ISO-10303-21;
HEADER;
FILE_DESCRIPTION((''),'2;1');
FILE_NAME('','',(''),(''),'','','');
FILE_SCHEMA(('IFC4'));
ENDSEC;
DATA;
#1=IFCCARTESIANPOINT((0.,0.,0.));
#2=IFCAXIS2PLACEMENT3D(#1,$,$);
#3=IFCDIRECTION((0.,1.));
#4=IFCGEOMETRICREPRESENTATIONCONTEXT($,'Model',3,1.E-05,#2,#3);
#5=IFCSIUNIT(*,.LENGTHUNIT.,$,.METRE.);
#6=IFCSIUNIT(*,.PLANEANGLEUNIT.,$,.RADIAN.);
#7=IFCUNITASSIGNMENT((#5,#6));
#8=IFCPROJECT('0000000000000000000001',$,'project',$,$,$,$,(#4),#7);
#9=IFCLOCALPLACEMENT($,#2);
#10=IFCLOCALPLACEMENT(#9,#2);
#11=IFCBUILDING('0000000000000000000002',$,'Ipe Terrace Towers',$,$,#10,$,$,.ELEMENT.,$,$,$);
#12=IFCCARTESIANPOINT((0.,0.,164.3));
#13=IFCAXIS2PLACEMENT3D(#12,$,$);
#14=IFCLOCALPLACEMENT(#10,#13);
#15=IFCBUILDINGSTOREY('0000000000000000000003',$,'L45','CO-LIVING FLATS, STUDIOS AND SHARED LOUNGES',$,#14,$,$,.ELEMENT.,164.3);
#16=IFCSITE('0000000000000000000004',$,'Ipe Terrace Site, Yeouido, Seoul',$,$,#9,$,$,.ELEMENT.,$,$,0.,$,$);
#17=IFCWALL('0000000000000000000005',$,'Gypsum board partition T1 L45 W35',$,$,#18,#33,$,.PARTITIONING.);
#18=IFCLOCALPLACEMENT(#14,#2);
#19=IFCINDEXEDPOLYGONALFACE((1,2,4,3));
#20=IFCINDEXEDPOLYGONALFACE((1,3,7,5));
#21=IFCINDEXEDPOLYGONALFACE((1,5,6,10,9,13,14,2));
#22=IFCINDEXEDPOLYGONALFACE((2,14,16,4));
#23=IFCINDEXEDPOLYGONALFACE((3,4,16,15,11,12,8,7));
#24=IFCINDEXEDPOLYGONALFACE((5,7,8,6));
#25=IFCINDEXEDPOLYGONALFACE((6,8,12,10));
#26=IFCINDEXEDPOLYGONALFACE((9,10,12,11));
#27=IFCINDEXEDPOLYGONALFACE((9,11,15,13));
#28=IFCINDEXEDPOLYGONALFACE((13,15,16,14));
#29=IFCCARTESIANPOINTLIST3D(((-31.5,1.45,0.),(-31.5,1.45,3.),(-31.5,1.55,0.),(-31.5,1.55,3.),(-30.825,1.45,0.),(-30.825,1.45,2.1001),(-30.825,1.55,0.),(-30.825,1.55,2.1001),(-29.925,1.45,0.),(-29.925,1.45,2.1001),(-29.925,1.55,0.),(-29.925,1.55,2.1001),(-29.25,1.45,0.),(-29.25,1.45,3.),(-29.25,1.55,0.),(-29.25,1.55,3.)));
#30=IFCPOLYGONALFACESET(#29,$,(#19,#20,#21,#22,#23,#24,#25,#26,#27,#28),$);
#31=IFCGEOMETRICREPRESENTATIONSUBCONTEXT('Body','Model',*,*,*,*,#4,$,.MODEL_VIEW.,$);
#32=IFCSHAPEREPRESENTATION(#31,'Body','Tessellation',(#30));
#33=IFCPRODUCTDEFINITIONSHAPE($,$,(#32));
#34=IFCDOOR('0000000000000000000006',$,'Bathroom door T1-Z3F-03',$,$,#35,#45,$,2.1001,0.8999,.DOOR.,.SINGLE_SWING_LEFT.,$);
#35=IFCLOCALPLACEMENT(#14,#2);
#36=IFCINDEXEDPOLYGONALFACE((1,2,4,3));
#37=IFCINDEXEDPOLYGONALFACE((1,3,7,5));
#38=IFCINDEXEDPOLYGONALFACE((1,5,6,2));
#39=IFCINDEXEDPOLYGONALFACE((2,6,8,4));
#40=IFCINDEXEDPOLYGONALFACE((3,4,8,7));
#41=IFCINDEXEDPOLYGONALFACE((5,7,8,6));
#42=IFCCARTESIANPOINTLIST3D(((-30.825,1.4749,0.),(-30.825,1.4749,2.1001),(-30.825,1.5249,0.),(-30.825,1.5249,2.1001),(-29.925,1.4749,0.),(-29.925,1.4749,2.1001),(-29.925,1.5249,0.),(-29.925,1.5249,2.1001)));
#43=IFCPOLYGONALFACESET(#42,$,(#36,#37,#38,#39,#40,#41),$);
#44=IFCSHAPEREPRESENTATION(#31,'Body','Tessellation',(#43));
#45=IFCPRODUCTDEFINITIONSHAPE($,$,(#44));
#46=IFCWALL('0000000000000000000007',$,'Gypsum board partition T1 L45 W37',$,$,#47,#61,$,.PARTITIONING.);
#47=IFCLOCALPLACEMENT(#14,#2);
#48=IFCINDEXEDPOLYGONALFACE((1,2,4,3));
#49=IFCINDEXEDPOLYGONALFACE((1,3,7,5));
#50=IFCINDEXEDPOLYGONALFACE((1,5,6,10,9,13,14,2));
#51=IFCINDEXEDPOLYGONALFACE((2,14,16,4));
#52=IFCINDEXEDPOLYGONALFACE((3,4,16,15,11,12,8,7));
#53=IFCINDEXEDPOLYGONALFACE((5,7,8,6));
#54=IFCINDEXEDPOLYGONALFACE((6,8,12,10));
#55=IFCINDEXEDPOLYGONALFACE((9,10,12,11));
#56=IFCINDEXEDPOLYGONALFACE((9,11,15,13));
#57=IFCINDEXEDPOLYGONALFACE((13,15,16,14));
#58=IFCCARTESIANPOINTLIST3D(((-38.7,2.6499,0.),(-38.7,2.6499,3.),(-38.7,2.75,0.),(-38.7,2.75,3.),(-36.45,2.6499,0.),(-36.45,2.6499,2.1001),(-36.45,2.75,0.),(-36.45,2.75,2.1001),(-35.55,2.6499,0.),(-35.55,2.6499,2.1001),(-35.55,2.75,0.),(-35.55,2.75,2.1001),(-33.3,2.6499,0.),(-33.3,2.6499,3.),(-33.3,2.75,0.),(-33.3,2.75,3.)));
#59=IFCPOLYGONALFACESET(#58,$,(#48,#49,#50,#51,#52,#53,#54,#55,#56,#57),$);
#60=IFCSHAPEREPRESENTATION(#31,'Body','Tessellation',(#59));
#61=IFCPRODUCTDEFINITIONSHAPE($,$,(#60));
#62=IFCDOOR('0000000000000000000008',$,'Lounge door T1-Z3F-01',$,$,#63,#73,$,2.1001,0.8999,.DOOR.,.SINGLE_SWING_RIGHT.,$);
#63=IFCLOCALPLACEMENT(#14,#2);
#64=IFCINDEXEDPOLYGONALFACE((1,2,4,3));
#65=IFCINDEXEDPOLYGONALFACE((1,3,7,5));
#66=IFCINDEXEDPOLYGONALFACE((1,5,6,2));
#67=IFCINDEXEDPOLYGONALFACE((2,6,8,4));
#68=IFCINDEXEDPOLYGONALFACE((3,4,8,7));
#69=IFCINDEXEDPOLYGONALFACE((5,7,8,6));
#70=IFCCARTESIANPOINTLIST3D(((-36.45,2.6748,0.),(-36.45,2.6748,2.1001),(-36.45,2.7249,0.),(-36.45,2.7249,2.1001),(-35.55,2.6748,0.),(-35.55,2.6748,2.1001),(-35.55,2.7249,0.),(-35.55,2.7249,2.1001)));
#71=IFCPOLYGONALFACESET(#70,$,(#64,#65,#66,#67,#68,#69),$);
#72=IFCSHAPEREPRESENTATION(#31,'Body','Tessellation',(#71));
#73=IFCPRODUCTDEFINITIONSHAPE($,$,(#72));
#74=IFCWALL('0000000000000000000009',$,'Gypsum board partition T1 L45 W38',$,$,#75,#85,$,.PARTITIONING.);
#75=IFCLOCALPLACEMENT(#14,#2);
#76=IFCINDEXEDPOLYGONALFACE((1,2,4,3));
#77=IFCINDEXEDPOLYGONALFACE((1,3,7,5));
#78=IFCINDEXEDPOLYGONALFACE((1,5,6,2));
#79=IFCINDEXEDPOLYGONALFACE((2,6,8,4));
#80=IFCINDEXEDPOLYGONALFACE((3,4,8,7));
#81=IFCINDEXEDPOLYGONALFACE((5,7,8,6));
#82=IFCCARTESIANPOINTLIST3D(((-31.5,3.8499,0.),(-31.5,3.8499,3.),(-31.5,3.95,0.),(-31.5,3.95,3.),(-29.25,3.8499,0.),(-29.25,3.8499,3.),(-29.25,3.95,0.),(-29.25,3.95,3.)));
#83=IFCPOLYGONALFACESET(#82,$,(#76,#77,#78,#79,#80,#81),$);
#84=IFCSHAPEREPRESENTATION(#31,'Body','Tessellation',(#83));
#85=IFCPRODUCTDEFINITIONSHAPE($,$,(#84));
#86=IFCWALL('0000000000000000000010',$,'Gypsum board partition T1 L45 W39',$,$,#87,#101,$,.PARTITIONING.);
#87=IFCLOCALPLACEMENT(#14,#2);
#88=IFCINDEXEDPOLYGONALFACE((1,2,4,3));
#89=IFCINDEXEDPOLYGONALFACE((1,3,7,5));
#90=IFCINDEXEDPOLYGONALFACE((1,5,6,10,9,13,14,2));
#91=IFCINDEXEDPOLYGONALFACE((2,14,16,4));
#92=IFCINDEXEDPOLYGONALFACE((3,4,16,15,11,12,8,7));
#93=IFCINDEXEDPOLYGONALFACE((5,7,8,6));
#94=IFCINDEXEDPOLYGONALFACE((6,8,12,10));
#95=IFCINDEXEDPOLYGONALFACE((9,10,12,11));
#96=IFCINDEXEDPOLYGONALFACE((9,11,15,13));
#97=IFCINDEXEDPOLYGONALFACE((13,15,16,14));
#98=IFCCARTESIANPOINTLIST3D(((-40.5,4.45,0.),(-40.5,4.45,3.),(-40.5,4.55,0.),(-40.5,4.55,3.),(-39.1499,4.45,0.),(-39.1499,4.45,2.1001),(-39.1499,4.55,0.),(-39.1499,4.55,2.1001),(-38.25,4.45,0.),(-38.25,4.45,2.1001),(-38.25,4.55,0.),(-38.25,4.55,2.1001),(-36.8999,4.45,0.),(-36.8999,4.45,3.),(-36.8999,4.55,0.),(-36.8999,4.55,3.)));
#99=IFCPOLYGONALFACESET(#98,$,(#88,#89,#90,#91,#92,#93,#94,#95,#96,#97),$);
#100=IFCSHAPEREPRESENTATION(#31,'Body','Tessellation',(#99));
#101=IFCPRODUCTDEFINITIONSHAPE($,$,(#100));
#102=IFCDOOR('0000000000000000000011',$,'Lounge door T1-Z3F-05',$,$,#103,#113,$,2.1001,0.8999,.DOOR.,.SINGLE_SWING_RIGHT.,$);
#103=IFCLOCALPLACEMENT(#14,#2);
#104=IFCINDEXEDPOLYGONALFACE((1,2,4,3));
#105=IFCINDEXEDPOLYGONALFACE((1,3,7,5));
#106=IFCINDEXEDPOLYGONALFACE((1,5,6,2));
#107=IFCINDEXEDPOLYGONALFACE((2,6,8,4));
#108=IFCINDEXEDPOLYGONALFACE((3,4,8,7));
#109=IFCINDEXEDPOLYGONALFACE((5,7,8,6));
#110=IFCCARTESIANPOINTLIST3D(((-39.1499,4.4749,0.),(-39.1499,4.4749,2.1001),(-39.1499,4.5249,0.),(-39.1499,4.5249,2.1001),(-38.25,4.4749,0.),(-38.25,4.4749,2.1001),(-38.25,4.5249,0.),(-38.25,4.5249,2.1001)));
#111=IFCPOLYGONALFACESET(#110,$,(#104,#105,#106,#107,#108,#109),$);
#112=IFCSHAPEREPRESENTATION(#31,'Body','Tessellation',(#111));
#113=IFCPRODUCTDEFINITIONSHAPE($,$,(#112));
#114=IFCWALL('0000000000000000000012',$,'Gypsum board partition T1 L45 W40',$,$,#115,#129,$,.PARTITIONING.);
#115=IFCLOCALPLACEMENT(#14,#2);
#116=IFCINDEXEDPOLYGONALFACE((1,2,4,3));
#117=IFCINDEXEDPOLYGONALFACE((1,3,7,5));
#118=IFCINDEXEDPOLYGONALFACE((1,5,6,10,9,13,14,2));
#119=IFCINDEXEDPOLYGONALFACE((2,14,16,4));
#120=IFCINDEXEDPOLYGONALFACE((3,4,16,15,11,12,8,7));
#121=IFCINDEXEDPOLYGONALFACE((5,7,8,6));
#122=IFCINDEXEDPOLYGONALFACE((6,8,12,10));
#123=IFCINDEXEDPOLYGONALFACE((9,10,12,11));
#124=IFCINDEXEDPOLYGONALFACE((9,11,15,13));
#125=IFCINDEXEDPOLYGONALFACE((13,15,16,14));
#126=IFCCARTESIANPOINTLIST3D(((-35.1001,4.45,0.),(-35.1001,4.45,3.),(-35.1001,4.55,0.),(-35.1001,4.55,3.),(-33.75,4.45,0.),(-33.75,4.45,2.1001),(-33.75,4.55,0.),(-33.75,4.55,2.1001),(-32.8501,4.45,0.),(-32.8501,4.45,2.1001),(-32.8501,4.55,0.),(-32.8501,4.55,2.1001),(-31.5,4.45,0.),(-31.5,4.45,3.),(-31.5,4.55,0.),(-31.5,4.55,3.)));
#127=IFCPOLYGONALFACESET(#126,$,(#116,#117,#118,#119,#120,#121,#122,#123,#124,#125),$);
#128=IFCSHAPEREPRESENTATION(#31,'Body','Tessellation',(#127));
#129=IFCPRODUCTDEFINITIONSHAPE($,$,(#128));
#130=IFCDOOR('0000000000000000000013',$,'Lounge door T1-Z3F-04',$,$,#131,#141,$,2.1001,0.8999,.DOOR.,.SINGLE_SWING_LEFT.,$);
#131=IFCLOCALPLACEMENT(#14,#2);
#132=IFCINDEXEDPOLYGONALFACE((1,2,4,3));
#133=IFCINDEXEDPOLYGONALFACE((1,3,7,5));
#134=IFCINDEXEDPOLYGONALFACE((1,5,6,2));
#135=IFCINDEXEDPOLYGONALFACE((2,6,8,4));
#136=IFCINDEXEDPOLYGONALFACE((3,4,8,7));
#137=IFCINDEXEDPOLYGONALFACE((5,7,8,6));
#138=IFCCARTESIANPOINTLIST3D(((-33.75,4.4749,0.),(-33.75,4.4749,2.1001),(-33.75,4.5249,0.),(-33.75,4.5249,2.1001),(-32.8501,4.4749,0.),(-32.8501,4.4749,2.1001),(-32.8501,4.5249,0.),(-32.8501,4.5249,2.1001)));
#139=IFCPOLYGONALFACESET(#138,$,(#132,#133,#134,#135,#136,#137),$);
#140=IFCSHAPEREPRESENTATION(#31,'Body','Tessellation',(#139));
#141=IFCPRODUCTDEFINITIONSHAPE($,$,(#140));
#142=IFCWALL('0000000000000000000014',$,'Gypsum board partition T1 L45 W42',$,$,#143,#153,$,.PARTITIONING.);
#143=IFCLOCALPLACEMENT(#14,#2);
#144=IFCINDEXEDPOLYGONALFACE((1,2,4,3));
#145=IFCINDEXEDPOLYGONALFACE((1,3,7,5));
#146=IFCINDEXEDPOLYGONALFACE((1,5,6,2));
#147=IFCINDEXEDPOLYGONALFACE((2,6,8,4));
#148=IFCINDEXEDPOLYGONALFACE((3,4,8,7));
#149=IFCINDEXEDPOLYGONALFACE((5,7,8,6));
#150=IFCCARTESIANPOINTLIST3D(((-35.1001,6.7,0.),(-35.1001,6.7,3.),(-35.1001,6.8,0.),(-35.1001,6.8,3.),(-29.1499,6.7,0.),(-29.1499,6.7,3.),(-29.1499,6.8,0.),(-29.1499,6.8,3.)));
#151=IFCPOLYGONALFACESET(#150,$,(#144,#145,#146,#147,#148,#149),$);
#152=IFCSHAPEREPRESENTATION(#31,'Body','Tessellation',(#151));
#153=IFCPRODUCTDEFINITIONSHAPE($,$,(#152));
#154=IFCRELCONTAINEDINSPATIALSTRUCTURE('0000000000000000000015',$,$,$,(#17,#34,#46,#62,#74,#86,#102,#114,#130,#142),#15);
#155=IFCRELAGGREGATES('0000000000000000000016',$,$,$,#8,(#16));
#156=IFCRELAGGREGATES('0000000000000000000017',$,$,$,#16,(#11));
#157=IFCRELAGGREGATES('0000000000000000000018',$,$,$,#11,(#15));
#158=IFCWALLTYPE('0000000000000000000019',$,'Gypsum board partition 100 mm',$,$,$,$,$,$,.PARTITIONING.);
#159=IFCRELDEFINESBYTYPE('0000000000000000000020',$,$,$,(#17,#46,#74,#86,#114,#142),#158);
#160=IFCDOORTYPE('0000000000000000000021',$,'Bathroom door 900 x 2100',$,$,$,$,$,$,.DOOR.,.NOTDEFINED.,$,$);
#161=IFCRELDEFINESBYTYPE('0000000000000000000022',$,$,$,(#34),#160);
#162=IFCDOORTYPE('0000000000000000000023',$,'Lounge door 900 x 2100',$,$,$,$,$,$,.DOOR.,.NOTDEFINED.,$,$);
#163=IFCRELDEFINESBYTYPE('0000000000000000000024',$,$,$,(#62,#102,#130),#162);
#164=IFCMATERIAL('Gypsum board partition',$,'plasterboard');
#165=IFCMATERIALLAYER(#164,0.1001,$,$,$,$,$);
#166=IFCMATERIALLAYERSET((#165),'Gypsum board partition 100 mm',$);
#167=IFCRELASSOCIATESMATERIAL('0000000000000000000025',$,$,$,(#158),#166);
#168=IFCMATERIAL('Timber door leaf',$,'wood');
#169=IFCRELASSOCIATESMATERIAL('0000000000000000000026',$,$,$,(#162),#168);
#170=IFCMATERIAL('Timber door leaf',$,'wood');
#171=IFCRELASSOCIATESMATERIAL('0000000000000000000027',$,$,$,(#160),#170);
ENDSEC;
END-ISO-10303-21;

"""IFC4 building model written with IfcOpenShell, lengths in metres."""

from ifc_helpers import new_model, si_unit, direction, frame, frame_2d, origin, place, context, subcontext, project, spatial, rectangle, extrude, material, layer, layer_set, type_object, element, fill, save


model = new_model("IFC4")

# Units and contexts
model_context = context("Model", 3, precision=1e-05, world=origin(), true_north=direction((0.0, 1.0)))
body_context = subcontext(model_context, "Body", "Model", "MODEL_VIEW")
ifc_project = project(units=[si_unit("LENGTHUNIT", "METRE"), si_unit("PLANEANGLEUNIT", "RADIAN")], contexts=[model_context])

# Site, building, storey
site_placement = place(None, origin())
site = spatial("IfcSite", under=ifc_project, at=site_placement, Name="Ipe Terrace Site, Yeouido, Seoul", CompositionType="ELEMENT", RefElevation=0.0)
building_placement = place(site_placement, origin())
building = spatial("IfcBuilding", under=site, at=building_placement, Name="Ipe Terrace Towers", CompositionType="ELEMENT")
storey_placement = place(building_placement, frame((0.0, 0.0, 164.3)))
storey = spatial("IfcBuildingStorey", under=building, at=storey_placement, Name="L45", Description="CO-LIVING FLATS, STUDIOS AND SHARED LOUNGES", CompositionType="ELEMENT", Elevation=164.3)

# Shared definitions
ifc_material_1 = material(Name="Gypsum board partition", Category="plasterboard")
ifc_layer = layer(ifc_material_1, 0.1001)
ifc_layer_set = layer_set([ifc_layer], Name="Gypsum board partition 100 mm")
wall_type = type_object("IfcWallType", Name="Gypsum board partition 100 mm", PredefinedType="PARTITIONING", material=ifc_layer_set)
ifc_material_2 = material(Name="Timber door leaf", Category="wood")
door_type_1 = type_object("IfcDoorType", Name="Lounge door 900 x 2100", OperationType="NOTDEFINED", PredefinedType="DOOR", material=ifc_material_2)

# Walls, openings, doors
wall_1_placement = place(storey_placement, frame((-31.5, 1.5, 0.0), z_axis=(0.0, 0.0, 1.0), x_axis=(1.0, 0.0, 0.0)))
wall_1 = element("IfcWall", 1, at=wall_1_placement, inside=storey, type_object=wall_type, Name="Gypsum board partition T1 L45 W35", PredefinedType="PARTITIONING", context=body_context, shape_type="SweptSolid", body=[
    extrude(rectangle(XDim=2.25, YDim=0.1001, at=frame_2d((1.125, 0.0))), origin(), (0.0, 0.0, 1.0), 3.0),
])
opening_1_placement = place(wall_1_placement, frame((0.675, 0.0, 0.0)))
opening_1 = element("IfcOpeningElement", 2, at=opening_1_placement, cuts=wall_1, PredefinedType="OPENING", context=body_context, shape_type="SweptSolid", body=[
    extrude(rectangle(XDim=0.8999, YDim=2.1001, at=frame_2d((0.45, 1.05))), frame((0.0, 0.0601, 0.0), z_axis=(0.0, -1.0, 0.0), x_axis=(1.0, 0.0, 0.0)), (0.0, 0.0, 1.0), 0.1201),
])
ifc_material_3 = material(Name="Timber door leaf", Category="wood")
door_type_2 = type_object("IfcDoorType", Name="Bathroom door 900 x 2100", OperationType="NOTDEFINED", PredefinedType="DOOR", material=ifc_material_3)
door_1_placement = place(opening_1_placement, origin())
door_1 = element("IfcDoor", 3, at=door_1_placement, inside=storey, type_object=door_type_2, Name="Bathroom door T1-Z3F-03", OperationType="SINGLE_SWING_LEFT", OverallHeight=2.1001, OverallWidth=0.8999, PredefinedType="DOOR", context=body_context, shape_type="SweptSolid", body=[
    extrude(rectangle(XDim=0.8999, YDim=2.1001, at=frame_2d((0.45, 1.05))), frame((0.0, 0.0249, 0.0), z_axis=(0.0, -1.0, 0.0), x_axis=(1.0, 0.0, 0.0)), (0.0, 0.0, 1.0), 0.05),
])
fill(opening_1, door_1)
wall_2_placement = place(storey_placement, frame((-38.7, 2.7, 0.0), z_axis=(0.0, 0.0, 1.0), x_axis=(1.0, 0.0, 0.0)))
wall_2 = element("IfcWall", 4, at=wall_2_placement, inside=storey, type_object=wall_type, Name="Gypsum board partition T1 L45 W37", PredefinedType="PARTITIONING", context=body_context, shape_type="SweptSolid", body=[
    extrude(rectangle(XDim=5.3999, YDim=0.1001, at=frame_2d((2.7, 0.0))), origin(), (0.0, 0.0, 1.0), 3.0),
])
opening_2_placement = place(wall_2_placement, frame((2.25, 0.0, 0.0)))
opening_2 = element("IfcOpeningElement", 5, at=opening_2_placement, cuts=wall_2, PredefinedType="OPENING", context=body_context, shape_type="SweptSolid", body=[
    extrude(rectangle(XDim=0.8999, YDim=2.1001, at=frame_2d((0.45, 1.05))), frame((0.0, 0.0601, 0.0), z_axis=(0.0, -1.0, 0.0), x_axis=(1.0, 0.0, 0.0)), (0.0, 0.0, 1.0), 0.1201),
])
door_2_placement = place(opening_2_placement, origin())
door_2 = element("IfcDoor", 6, at=door_2_placement, inside=storey, type_object=door_type_1, Name="Lounge door T1-Z3F-01", OperationType="SINGLE_SWING_RIGHT", OverallHeight=2.1001, OverallWidth=0.8999, PredefinedType="DOOR", context=body_context, shape_type="SweptSolid", body=[
    extrude(rectangle(XDim=0.8999, YDim=2.1001, at=frame_2d((0.45, 1.05))), frame((0.0, 0.0249, 0.0), z_axis=(0.0, -1.0, 0.0), x_axis=(1.0, 0.0, 0.0)), (0.0, 0.0, 1.0), 0.05),
])
fill(opening_2, door_2)

# Wall
wall_3_placement = place(storey_placement, frame((-31.5, 3.8999, 0.0), z_axis=(0.0, 0.0, 1.0), x_axis=(1.0, 0.0, 0.0)))
element("IfcWall", 7, at=wall_3_placement, inside=storey, type_object=wall_type, Name="Gypsum board partition T1 L45 W38", PredefinedType="PARTITIONING", context=body_context, shape_type="SweptSolid", body=[
    extrude(rectangle(XDim=2.25, YDim=0.1001, at=frame_2d((1.125, 0.0))), origin(), (0.0, 0.0, 1.0), 3.0),
])

# Walls, openings, doors
wall_4_placement = place(storey_placement, frame((-40.5, 4.5, 0.0), z_axis=(0.0, 0.0, 1.0), x_axis=(1.0, 0.0, 0.0)))
wall_4 = element("IfcWall", 8, at=wall_4_placement, inside=storey, type_object=wall_type, Name="Gypsum board partition T1 L45 W39", PredefinedType="PARTITIONING", context=body_context, shape_type="SweptSolid", body=[
    extrude(rectangle(XDim=3.6001, YDim=0.1001, at=frame_2d((1.8, 0.0))), origin(), (0.0, 0.0, 1.0), 3.0),
])
opening_3_placement = place(wall_4_placement, frame((1.3501, 0.0, 0.0)))
opening_3 = element("IfcOpeningElement", 9, at=opening_3_placement, cuts=wall_4, PredefinedType="OPENING", context=body_context, shape_type="SweptSolid", body=[
    extrude(rectangle(XDim=0.8999, YDim=2.1001, at=frame_2d((0.45, 1.05))), frame((0.0, 0.0601, 0.0), z_axis=(0.0, -1.0, 0.0), x_axis=(1.0, 0.0, 0.0)), (0.0, 0.0, 1.0), 0.1201),
])
door_3_placement = place(opening_3_placement, origin())
door_3 = element("IfcDoor", 10, at=door_3_placement, inside=storey, type_object=door_type_1, Name="Lounge door T1-Z3F-05", OperationType="SINGLE_SWING_RIGHT", OverallHeight=2.1001, OverallWidth=0.8999, PredefinedType="DOOR", context=body_context, shape_type="SweptSolid", body=[
    extrude(rectangle(XDim=0.8999, YDim=2.1001, at=frame_2d((0.45, 1.05))), frame((0.0, 0.0249, 0.0), z_axis=(0.0, -1.0, 0.0), x_axis=(1.0, 0.0, 0.0)), (0.0, 0.0, 1.0), 0.05),
])
fill(opening_3, door_3)
wall_5_placement = place(storey_placement, frame((-35.1001, 4.5, 0.0), z_axis=(0.0, 0.0, 1.0), x_axis=(1.0, 0.0, 0.0)))
wall_5 = element("IfcWall", 11, at=wall_5_placement, inside=storey, type_object=wall_type, Name="Gypsum board partition T1 L45 W40", PredefinedType="PARTITIONING", context=body_context, shape_type="SweptSolid", body=[
    extrude(rectangle(XDim=3.6001, YDim=0.1001, at=frame_2d((1.8, 0.0))), origin(), (0.0, 0.0, 1.0), 3.0),
])
opening_4_placement = place(wall_5_placement, frame((1.3501, 0.0, 0.0)))
opening_4 = element("IfcOpeningElement", 12, at=opening_4_placement, cuts=wall_5, PredefinedType="OPENING", context=body_context, shape_type="SweptSolid", body=[
    extrude(rectangle(XDim=0.8999, YDim=2.1001, at=frame_2d((0.45, 1.05))), frame((0.0, 0.0601, 0.0), z_axis=(0.0, -1.0, 0.0), x_axis=(1.0, 0.0, 0.0)), (0.0, 0.0, 1.0), 0.1201),
])
door_4_placement = place(opening_4_placement, origin())
door_4 = element("IfcDoor", 13, at=door_4_placement, inside=storey, type_object=door_type_1, Name="Lounge door T1-Z3F-04", OperationType="SINGLE_SWING_LEFT", OverallHeight=2.1001, OverallWidth=0.8999, PredefinedType="DOOR", context=body_context, shape_type="SweptSolid", body=[
    extrude(rectangle(XDim=0.8999, YDim=2.1001, at=frame_2d((0.45, 1.05))), frame((0.0, 0.0249, 0.0), z_axis=(0.0, -1.0, 0.0), x_axis=(1.0, 0.0, 0.0)), (0.0, 0.0, 1.0), 0.05),
])
fill(opening_4, door_4)

# Wall
wall_6_placement = place(storey_placement, frame((-35.1001, 6.75, 0.0), z_axis=(0.0, 0.0, 1.0), x_axis=(1.0, 0.0, 0.0)))
element("IfcWall", 14, at=wall_6_placement, inside=storey, type_object=wall_type, Name="Gypsum board partition T1 L45 W42", PredefinedType="PARTITIONING", context=body_context, shape_type="SweptSolid", body=[
    extrude(rectangle(XDim=5.9502, YDim=0.1001, at=frame_2d((2.9751, 0.0))), origin(), (0.0, 0.0, 1.0), 3.0),
])

save(model, "model.ifc")
